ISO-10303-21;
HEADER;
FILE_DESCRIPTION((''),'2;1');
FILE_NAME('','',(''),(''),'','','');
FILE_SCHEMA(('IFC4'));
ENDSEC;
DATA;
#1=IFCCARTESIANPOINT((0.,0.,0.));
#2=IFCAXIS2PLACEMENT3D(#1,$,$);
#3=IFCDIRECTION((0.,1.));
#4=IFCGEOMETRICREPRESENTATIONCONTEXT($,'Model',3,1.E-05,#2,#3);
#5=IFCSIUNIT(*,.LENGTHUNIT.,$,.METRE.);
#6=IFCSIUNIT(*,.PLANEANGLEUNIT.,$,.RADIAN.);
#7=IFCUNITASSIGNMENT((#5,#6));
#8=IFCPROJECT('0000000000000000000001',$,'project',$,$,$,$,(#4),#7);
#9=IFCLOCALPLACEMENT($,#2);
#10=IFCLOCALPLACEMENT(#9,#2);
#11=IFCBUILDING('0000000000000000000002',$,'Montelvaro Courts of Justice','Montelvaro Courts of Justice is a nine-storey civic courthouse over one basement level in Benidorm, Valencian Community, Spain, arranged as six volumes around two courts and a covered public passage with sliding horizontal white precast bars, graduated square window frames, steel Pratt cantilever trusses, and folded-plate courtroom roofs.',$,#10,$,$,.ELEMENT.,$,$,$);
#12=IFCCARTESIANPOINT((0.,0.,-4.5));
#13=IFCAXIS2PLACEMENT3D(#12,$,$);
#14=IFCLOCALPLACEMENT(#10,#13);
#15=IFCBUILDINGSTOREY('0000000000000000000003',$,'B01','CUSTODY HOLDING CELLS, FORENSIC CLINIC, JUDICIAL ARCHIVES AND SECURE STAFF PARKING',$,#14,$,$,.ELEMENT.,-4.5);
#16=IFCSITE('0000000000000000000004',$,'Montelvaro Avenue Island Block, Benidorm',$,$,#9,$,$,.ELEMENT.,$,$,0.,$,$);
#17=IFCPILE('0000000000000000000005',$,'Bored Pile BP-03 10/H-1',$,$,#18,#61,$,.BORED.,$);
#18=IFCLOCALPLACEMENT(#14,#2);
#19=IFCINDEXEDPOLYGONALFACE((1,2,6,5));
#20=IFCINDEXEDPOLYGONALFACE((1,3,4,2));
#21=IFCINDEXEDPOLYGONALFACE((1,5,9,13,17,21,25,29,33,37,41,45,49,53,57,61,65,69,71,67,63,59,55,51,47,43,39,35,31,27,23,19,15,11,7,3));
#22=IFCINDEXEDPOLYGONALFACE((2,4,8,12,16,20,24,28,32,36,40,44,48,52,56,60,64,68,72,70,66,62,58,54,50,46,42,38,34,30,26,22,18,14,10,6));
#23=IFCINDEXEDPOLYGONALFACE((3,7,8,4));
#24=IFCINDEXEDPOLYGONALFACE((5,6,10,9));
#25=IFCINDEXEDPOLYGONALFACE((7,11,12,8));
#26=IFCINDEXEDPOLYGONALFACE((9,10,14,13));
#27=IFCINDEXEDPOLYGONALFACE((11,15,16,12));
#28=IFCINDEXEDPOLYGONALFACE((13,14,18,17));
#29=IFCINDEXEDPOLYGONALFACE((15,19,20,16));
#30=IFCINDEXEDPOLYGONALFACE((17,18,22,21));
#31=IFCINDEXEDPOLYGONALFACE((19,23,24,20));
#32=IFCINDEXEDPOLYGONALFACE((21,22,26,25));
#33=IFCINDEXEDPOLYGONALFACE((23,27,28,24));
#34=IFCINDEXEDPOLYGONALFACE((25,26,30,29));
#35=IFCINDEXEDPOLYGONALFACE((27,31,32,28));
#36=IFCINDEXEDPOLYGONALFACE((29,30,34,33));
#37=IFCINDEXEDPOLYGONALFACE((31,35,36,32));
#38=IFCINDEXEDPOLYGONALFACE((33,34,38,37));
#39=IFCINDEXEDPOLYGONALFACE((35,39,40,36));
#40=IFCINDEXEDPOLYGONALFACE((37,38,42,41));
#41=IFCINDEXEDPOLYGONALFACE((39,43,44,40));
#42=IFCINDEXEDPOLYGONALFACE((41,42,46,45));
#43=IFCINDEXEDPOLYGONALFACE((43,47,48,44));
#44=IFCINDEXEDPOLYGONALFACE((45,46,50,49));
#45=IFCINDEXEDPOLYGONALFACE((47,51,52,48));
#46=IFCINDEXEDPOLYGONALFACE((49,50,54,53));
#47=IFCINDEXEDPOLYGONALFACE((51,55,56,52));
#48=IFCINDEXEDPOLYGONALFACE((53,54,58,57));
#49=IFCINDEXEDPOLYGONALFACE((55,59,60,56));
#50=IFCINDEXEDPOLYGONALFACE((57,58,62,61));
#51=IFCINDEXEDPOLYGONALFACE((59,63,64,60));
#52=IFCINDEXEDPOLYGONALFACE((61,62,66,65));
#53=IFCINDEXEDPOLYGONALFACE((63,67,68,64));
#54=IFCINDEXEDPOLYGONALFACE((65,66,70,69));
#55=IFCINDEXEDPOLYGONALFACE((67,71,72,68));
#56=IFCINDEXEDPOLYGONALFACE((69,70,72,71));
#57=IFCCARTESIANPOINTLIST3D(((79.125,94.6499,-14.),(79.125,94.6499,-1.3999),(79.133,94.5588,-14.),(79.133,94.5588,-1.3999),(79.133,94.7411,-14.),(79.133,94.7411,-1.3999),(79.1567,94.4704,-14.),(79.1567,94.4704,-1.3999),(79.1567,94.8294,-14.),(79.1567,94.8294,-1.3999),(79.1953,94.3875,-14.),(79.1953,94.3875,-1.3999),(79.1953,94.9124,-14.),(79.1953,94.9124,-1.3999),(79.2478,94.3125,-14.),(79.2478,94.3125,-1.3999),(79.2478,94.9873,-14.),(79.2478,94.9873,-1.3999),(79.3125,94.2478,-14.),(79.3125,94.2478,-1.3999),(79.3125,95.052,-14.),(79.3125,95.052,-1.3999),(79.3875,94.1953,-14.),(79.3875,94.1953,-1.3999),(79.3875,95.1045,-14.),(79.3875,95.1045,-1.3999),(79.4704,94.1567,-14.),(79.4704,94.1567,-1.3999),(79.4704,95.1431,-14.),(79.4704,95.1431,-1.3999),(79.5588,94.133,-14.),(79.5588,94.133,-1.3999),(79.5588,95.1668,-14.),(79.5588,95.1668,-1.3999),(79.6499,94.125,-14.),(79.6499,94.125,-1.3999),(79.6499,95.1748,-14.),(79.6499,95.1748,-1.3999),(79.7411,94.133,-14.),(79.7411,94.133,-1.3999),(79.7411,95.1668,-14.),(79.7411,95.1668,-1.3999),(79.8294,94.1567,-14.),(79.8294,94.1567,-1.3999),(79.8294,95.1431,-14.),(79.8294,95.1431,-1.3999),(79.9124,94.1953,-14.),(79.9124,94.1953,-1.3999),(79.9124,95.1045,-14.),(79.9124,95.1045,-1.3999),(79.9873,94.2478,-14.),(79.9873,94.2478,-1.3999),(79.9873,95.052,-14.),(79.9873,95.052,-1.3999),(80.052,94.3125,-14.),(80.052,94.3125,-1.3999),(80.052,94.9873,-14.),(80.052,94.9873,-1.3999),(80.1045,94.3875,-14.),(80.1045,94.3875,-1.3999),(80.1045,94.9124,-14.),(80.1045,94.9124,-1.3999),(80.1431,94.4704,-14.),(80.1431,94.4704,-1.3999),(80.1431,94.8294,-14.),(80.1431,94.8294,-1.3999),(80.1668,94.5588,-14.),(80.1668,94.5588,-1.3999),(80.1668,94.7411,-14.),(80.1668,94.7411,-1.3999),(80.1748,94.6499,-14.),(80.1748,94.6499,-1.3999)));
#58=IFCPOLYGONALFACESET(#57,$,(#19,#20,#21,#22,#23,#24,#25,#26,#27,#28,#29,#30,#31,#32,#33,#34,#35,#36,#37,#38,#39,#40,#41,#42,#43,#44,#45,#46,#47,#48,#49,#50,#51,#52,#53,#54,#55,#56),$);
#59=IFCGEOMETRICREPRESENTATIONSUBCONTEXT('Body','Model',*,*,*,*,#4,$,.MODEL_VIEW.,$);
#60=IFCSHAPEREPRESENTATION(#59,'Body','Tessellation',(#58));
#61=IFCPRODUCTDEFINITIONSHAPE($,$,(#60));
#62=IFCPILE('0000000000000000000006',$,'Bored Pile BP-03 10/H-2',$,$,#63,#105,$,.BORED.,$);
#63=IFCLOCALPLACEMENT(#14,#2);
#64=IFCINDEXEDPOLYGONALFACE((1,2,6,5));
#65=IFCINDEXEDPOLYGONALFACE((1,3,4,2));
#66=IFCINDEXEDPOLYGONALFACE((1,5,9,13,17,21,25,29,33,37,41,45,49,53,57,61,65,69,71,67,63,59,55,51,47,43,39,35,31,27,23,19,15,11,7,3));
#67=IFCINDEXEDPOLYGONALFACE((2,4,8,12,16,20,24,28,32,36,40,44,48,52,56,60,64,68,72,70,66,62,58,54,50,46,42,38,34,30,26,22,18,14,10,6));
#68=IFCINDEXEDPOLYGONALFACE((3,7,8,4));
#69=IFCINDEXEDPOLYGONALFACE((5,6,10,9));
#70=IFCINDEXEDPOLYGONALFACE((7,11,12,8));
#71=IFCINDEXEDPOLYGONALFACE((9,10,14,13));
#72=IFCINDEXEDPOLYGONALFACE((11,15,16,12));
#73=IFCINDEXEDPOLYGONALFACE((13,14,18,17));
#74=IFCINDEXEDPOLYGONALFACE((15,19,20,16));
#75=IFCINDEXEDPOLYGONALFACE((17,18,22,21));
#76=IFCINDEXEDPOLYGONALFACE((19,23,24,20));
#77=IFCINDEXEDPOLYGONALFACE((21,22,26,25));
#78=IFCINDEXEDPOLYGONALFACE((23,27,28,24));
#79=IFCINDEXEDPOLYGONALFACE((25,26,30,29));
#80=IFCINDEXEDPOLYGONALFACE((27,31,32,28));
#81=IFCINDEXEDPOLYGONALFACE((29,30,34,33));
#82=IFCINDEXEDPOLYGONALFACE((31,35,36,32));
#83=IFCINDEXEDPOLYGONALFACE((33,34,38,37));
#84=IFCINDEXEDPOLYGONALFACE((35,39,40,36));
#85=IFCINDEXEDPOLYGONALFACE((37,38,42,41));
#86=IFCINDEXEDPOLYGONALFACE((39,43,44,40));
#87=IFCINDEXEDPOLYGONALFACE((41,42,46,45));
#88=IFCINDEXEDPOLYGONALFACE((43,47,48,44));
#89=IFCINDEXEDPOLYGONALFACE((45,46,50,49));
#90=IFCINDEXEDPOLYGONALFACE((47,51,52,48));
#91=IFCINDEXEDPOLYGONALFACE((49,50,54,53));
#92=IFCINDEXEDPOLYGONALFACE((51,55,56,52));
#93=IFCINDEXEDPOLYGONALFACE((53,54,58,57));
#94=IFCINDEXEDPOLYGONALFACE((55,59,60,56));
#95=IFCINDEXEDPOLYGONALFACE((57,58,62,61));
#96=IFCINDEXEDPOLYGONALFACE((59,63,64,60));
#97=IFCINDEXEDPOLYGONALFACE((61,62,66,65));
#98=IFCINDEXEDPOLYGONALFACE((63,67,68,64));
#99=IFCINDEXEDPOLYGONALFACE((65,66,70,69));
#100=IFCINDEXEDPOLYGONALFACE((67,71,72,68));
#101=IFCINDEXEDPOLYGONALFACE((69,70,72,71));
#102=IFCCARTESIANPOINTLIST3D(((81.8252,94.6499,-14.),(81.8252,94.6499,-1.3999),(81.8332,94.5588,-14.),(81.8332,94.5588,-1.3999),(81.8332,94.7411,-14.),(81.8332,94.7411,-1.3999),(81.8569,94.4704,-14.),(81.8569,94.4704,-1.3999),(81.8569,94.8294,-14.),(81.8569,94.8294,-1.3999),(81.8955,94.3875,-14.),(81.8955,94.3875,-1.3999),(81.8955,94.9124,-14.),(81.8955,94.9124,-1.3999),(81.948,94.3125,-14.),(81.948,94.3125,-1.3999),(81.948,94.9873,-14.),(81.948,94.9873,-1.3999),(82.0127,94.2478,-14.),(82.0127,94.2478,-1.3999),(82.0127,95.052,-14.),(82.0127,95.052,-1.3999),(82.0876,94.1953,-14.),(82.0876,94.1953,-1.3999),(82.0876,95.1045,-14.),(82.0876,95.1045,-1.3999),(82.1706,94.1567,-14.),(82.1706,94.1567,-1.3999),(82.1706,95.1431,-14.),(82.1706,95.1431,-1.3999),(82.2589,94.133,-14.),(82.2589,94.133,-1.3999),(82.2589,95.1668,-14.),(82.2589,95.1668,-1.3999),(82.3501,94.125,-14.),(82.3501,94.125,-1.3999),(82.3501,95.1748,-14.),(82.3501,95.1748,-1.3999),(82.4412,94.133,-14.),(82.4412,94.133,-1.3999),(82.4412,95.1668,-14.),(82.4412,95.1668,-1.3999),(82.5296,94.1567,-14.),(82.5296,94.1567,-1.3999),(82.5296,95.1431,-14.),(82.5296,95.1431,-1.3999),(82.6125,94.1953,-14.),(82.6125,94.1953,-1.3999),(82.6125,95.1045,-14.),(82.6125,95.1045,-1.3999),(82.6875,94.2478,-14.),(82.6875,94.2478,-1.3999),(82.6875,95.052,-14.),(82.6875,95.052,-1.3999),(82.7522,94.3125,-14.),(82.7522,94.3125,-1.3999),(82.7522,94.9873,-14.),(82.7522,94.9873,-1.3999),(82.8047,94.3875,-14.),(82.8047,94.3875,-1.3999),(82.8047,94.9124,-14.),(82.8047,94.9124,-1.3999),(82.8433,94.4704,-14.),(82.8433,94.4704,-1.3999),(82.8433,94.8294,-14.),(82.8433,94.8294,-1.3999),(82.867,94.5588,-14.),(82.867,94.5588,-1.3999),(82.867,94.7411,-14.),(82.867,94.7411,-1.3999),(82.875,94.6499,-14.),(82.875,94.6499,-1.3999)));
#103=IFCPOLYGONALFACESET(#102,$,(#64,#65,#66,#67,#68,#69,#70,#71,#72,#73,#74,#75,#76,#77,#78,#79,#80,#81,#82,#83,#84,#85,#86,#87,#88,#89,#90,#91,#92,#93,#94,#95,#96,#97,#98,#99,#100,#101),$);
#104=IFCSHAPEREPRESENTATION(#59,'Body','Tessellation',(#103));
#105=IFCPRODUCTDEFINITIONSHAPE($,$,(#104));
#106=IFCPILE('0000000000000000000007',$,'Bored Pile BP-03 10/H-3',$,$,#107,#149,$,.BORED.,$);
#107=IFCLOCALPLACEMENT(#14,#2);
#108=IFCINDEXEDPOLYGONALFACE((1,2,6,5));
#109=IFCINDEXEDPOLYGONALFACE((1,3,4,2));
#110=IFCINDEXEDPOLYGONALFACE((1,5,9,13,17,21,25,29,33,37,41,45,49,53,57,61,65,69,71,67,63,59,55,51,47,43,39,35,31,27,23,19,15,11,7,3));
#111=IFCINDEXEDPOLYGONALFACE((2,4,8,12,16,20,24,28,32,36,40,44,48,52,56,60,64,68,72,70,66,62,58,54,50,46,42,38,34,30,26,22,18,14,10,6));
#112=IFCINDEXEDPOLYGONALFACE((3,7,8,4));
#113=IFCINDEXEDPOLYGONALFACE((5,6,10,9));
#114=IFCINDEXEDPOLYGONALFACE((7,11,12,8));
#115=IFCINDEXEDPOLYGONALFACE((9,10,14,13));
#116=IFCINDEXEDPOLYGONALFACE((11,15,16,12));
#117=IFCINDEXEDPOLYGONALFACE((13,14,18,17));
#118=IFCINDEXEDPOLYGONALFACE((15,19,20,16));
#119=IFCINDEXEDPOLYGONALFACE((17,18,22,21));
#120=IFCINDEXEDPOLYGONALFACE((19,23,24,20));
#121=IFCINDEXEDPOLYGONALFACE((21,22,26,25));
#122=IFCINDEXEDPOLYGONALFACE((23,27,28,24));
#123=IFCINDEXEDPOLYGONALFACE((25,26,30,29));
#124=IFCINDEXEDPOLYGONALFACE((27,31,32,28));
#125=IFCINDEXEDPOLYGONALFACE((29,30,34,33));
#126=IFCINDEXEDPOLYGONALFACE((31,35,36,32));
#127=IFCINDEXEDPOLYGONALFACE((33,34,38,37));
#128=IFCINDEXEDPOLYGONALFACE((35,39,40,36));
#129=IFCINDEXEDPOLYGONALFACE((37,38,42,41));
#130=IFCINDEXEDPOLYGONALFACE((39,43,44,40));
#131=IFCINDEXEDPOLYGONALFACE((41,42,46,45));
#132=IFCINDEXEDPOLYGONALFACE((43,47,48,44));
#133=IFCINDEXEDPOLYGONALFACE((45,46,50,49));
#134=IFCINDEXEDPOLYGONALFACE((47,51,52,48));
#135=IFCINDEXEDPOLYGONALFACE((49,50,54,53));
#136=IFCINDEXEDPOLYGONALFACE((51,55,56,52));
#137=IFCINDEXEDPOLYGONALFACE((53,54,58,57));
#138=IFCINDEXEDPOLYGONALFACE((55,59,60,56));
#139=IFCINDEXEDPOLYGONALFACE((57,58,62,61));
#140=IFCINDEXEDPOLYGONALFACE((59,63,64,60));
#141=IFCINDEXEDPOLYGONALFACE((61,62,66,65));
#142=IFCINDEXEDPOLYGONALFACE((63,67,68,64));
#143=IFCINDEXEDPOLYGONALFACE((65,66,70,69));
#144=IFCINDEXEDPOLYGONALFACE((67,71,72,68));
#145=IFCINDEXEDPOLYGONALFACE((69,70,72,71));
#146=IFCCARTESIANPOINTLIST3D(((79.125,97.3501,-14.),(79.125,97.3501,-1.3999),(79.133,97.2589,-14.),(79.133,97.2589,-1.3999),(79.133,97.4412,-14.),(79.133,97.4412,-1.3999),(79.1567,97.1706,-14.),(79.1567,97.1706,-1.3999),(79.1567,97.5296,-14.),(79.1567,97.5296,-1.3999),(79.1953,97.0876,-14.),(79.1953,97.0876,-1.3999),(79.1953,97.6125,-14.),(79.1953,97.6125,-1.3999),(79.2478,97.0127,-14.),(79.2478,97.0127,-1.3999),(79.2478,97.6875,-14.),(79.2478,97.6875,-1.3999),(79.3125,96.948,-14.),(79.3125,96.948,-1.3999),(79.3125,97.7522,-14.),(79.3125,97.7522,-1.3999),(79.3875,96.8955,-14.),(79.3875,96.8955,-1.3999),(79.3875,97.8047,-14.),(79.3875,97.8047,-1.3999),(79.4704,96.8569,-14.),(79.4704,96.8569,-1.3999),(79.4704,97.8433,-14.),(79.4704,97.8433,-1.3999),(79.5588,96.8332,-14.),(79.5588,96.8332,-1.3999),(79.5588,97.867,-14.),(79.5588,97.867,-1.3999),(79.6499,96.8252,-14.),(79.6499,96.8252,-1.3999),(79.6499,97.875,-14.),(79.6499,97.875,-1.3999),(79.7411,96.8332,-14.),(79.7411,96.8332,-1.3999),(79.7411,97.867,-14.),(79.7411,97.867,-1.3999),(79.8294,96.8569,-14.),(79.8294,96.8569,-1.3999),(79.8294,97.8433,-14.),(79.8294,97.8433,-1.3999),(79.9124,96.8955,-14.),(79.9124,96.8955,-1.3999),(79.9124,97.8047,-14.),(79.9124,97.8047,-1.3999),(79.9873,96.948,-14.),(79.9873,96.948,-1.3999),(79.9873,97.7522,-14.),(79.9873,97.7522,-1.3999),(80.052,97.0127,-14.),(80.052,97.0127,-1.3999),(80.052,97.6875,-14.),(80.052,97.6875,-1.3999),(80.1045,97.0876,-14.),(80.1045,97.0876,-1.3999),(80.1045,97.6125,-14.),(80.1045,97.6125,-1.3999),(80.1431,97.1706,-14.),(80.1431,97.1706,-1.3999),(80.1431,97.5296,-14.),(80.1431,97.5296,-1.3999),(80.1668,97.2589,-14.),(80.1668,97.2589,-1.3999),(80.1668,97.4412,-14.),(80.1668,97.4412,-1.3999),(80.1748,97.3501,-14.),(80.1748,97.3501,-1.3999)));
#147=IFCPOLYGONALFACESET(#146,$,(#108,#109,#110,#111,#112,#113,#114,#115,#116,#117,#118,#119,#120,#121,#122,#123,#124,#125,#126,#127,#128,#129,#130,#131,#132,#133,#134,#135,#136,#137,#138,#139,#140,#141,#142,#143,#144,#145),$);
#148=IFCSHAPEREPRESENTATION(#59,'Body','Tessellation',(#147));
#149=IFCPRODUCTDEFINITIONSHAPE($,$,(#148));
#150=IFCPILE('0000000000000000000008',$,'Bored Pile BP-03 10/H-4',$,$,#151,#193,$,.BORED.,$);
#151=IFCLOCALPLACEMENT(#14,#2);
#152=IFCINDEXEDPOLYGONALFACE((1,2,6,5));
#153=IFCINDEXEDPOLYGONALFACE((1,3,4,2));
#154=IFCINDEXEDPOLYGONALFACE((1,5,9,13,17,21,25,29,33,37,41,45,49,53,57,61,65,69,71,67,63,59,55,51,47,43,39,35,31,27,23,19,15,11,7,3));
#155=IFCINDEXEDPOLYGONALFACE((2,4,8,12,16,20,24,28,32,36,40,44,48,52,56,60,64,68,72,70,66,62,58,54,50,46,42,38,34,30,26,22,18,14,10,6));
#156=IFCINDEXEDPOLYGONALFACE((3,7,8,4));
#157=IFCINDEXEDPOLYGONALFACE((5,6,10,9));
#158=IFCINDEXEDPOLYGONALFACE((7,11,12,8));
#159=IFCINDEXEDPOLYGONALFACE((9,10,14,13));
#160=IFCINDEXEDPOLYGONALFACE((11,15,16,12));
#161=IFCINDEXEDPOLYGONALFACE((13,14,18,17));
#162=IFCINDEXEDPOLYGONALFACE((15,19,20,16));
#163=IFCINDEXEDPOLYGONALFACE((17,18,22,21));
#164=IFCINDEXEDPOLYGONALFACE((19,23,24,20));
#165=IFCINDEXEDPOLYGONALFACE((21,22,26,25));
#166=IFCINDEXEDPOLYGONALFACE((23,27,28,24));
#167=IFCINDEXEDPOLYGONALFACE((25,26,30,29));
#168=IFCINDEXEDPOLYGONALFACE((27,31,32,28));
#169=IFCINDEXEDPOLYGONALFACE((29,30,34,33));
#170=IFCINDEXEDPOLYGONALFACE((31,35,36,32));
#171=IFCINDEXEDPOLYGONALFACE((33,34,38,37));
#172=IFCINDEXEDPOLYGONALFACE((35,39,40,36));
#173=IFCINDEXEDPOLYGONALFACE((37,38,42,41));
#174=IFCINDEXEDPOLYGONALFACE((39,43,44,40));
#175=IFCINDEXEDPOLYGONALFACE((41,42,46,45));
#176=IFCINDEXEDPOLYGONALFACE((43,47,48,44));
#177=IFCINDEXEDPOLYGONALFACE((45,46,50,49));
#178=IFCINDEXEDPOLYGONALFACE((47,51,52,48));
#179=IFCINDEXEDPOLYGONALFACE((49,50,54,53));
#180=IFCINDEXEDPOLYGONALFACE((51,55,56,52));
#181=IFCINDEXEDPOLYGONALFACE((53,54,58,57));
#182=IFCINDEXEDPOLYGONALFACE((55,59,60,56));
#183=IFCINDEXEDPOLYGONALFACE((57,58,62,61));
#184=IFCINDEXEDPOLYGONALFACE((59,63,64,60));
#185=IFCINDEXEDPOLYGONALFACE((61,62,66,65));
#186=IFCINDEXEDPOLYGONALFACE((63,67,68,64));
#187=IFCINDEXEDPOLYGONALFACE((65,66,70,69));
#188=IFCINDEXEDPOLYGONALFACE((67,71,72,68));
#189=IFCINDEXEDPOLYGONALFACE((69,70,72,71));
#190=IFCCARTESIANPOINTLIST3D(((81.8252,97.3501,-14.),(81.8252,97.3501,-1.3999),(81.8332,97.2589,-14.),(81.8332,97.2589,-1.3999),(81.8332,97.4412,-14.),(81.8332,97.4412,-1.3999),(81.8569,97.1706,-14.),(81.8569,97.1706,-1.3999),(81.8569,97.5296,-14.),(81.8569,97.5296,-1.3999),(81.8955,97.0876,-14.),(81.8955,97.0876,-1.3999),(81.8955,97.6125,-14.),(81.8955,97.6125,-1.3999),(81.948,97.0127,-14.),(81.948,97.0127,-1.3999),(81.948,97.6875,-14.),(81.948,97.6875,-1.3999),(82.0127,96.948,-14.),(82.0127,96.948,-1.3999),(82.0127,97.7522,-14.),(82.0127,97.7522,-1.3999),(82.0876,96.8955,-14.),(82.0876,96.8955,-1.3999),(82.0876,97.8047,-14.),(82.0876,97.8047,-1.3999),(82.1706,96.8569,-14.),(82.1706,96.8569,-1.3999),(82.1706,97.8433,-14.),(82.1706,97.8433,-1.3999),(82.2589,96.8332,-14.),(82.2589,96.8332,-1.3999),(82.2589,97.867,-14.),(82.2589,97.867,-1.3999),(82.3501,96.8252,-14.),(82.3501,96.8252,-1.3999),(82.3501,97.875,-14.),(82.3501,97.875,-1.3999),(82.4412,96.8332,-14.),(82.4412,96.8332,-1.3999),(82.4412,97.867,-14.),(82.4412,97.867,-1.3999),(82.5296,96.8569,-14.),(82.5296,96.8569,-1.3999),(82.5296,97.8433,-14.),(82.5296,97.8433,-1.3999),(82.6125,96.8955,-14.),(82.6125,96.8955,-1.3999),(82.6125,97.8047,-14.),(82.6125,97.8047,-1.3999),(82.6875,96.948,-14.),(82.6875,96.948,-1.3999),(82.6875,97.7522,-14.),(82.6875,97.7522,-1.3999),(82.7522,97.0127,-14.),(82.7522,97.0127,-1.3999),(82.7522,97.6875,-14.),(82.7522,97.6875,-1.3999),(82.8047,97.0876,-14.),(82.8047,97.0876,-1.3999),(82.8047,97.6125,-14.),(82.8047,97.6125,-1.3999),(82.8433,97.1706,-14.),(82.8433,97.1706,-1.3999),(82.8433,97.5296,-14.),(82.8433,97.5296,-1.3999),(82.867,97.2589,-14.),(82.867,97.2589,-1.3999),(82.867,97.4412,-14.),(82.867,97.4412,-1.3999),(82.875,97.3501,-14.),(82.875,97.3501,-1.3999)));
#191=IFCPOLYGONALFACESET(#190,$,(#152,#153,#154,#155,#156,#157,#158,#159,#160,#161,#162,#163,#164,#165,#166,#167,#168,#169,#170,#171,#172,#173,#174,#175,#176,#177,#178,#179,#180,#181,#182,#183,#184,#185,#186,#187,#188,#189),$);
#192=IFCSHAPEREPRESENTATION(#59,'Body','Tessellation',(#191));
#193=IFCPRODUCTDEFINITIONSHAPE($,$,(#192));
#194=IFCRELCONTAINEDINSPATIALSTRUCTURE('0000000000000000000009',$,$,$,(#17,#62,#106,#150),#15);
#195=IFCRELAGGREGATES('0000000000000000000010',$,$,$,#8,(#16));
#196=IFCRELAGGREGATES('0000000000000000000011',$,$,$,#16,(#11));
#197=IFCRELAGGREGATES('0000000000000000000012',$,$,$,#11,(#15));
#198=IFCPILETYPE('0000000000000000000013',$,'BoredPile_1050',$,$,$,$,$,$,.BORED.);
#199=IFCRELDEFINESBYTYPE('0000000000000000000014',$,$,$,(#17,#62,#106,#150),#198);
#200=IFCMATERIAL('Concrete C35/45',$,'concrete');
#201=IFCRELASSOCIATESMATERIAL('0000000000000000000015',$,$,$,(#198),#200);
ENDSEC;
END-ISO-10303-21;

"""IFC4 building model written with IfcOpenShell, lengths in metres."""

from ifc_helpers import new_model, si_unit, direction, frame, origin, origin_2d, place, context, subcontext, project, spatial, circle, extrude, material, material_profile, profile_set, type_object, element, save


model = new_model("IFC4")

# Units and contexts
model_context = context("Model", 3, precision=1e-05, world=origin(), true_north=direction((0.0, 1.0)))
body_context = subcontext(model_context, "Body", "Model", "MODEL_VIEW")
ifc_project = project(units=[si_unit("LENGTHUNIT", "METRE"), si_unit("PLANEANGLEUNIT", "RADIAN")], contexts=[model_context])

# Site, building, storey
site_placement = place(None, origin())
site = spatial("IfcSite", under=ifc_project, at=site_placement, Name="Montelvaro Avenue Island Block, Benidorm", CompositionType="ELEMENT", RefElevation=0.0)
building_placement = place(site_placement, origin())
building = spatial("IfcBuilding", under=site, at=building_placement, Name="Montelvaro Courts of Justice", Description="Montelvaro Courts of Justice is a nine-storey civic courthouse over one basement level in Benidorm, Valencian Community, Spain, arranged as six volumes around two courts and a covered public passage with sliding horizontal white precast bars, graduated square window frames, steel Pratt cantilever trusses, and folded-plate courtroom roofs.", CompositionType="ELEMENT")
storey_placement = place(building_placement, frame((0.0, 0.0, -4.5)))
storey = spatial("IfcBuildingStorey", under=building, at=storey_placement, Name="B01", Description="CUSTODY HOLDING CELLS, FORENSIC CLINIC, JUDICIAL ARCHIVES AND SECURE STAFF PARKING", CompositionType="ELEMENT", Elevation=-4.5)

# Piles
ifc_material_1 = material(Name="Concrete C35/45", Category="concrete")
ifc_material_profile_1 = material_profile(ifc_material_1, circle(Radius=0.5249, at=origin_2d()), Name="BORED PILE D1050")
ifc_profile_set_1 = profile_set([ifc_material_profile_1], Name="Concrete C35/45")
pile_type_1 = type_object("IfcPileType", Name="BoredPile_1050", PredefinedType="BORED", material=ifc_profile_set_1)
for number, where, z_axis, x_axis, name in (
    (1, (79.6499, 94.6499, -1.3999), (0.0, 0.0, -1.0), (1.0, 0.0, 0.0), "Bored Pile BP-03 10/H-1"),
    (2, (82.3501, 94.6499, -1.3999), (0.0, 0.0, -1.0), (1.0, 0.0, 0.0), "Bored Pile BP-03 10/H-2"),
    (3, (79.6499, 97.3501, -1.3999), (0.0, 0.0, -1.0), (1.0, 0.0, 0.0), "Bored Pile BP-03 10/H-3"),
    (4, (82.3501, 97.3501, -1.3999), (0.0, 0.0, -1.0), (1.0, 0.0, 0.0), "Bored Pile BP-03 10/H-4"),
):
    element("IfcPile", number, at=place(storey_placement, frame(where, z_axis=z_axis, x_axis=x_axis)), inside=storey, type_object=pile_type_1, Name=name, PredefinedType="BORED", context=body_context, shape_type="SweptSolid", body=[
        extrude(circle(Radius=0.5249, at=origin_2d()), origin(), (0.0, 0.0, 1.0), 12.6001),
    ])

save(model, "model.ifc")
